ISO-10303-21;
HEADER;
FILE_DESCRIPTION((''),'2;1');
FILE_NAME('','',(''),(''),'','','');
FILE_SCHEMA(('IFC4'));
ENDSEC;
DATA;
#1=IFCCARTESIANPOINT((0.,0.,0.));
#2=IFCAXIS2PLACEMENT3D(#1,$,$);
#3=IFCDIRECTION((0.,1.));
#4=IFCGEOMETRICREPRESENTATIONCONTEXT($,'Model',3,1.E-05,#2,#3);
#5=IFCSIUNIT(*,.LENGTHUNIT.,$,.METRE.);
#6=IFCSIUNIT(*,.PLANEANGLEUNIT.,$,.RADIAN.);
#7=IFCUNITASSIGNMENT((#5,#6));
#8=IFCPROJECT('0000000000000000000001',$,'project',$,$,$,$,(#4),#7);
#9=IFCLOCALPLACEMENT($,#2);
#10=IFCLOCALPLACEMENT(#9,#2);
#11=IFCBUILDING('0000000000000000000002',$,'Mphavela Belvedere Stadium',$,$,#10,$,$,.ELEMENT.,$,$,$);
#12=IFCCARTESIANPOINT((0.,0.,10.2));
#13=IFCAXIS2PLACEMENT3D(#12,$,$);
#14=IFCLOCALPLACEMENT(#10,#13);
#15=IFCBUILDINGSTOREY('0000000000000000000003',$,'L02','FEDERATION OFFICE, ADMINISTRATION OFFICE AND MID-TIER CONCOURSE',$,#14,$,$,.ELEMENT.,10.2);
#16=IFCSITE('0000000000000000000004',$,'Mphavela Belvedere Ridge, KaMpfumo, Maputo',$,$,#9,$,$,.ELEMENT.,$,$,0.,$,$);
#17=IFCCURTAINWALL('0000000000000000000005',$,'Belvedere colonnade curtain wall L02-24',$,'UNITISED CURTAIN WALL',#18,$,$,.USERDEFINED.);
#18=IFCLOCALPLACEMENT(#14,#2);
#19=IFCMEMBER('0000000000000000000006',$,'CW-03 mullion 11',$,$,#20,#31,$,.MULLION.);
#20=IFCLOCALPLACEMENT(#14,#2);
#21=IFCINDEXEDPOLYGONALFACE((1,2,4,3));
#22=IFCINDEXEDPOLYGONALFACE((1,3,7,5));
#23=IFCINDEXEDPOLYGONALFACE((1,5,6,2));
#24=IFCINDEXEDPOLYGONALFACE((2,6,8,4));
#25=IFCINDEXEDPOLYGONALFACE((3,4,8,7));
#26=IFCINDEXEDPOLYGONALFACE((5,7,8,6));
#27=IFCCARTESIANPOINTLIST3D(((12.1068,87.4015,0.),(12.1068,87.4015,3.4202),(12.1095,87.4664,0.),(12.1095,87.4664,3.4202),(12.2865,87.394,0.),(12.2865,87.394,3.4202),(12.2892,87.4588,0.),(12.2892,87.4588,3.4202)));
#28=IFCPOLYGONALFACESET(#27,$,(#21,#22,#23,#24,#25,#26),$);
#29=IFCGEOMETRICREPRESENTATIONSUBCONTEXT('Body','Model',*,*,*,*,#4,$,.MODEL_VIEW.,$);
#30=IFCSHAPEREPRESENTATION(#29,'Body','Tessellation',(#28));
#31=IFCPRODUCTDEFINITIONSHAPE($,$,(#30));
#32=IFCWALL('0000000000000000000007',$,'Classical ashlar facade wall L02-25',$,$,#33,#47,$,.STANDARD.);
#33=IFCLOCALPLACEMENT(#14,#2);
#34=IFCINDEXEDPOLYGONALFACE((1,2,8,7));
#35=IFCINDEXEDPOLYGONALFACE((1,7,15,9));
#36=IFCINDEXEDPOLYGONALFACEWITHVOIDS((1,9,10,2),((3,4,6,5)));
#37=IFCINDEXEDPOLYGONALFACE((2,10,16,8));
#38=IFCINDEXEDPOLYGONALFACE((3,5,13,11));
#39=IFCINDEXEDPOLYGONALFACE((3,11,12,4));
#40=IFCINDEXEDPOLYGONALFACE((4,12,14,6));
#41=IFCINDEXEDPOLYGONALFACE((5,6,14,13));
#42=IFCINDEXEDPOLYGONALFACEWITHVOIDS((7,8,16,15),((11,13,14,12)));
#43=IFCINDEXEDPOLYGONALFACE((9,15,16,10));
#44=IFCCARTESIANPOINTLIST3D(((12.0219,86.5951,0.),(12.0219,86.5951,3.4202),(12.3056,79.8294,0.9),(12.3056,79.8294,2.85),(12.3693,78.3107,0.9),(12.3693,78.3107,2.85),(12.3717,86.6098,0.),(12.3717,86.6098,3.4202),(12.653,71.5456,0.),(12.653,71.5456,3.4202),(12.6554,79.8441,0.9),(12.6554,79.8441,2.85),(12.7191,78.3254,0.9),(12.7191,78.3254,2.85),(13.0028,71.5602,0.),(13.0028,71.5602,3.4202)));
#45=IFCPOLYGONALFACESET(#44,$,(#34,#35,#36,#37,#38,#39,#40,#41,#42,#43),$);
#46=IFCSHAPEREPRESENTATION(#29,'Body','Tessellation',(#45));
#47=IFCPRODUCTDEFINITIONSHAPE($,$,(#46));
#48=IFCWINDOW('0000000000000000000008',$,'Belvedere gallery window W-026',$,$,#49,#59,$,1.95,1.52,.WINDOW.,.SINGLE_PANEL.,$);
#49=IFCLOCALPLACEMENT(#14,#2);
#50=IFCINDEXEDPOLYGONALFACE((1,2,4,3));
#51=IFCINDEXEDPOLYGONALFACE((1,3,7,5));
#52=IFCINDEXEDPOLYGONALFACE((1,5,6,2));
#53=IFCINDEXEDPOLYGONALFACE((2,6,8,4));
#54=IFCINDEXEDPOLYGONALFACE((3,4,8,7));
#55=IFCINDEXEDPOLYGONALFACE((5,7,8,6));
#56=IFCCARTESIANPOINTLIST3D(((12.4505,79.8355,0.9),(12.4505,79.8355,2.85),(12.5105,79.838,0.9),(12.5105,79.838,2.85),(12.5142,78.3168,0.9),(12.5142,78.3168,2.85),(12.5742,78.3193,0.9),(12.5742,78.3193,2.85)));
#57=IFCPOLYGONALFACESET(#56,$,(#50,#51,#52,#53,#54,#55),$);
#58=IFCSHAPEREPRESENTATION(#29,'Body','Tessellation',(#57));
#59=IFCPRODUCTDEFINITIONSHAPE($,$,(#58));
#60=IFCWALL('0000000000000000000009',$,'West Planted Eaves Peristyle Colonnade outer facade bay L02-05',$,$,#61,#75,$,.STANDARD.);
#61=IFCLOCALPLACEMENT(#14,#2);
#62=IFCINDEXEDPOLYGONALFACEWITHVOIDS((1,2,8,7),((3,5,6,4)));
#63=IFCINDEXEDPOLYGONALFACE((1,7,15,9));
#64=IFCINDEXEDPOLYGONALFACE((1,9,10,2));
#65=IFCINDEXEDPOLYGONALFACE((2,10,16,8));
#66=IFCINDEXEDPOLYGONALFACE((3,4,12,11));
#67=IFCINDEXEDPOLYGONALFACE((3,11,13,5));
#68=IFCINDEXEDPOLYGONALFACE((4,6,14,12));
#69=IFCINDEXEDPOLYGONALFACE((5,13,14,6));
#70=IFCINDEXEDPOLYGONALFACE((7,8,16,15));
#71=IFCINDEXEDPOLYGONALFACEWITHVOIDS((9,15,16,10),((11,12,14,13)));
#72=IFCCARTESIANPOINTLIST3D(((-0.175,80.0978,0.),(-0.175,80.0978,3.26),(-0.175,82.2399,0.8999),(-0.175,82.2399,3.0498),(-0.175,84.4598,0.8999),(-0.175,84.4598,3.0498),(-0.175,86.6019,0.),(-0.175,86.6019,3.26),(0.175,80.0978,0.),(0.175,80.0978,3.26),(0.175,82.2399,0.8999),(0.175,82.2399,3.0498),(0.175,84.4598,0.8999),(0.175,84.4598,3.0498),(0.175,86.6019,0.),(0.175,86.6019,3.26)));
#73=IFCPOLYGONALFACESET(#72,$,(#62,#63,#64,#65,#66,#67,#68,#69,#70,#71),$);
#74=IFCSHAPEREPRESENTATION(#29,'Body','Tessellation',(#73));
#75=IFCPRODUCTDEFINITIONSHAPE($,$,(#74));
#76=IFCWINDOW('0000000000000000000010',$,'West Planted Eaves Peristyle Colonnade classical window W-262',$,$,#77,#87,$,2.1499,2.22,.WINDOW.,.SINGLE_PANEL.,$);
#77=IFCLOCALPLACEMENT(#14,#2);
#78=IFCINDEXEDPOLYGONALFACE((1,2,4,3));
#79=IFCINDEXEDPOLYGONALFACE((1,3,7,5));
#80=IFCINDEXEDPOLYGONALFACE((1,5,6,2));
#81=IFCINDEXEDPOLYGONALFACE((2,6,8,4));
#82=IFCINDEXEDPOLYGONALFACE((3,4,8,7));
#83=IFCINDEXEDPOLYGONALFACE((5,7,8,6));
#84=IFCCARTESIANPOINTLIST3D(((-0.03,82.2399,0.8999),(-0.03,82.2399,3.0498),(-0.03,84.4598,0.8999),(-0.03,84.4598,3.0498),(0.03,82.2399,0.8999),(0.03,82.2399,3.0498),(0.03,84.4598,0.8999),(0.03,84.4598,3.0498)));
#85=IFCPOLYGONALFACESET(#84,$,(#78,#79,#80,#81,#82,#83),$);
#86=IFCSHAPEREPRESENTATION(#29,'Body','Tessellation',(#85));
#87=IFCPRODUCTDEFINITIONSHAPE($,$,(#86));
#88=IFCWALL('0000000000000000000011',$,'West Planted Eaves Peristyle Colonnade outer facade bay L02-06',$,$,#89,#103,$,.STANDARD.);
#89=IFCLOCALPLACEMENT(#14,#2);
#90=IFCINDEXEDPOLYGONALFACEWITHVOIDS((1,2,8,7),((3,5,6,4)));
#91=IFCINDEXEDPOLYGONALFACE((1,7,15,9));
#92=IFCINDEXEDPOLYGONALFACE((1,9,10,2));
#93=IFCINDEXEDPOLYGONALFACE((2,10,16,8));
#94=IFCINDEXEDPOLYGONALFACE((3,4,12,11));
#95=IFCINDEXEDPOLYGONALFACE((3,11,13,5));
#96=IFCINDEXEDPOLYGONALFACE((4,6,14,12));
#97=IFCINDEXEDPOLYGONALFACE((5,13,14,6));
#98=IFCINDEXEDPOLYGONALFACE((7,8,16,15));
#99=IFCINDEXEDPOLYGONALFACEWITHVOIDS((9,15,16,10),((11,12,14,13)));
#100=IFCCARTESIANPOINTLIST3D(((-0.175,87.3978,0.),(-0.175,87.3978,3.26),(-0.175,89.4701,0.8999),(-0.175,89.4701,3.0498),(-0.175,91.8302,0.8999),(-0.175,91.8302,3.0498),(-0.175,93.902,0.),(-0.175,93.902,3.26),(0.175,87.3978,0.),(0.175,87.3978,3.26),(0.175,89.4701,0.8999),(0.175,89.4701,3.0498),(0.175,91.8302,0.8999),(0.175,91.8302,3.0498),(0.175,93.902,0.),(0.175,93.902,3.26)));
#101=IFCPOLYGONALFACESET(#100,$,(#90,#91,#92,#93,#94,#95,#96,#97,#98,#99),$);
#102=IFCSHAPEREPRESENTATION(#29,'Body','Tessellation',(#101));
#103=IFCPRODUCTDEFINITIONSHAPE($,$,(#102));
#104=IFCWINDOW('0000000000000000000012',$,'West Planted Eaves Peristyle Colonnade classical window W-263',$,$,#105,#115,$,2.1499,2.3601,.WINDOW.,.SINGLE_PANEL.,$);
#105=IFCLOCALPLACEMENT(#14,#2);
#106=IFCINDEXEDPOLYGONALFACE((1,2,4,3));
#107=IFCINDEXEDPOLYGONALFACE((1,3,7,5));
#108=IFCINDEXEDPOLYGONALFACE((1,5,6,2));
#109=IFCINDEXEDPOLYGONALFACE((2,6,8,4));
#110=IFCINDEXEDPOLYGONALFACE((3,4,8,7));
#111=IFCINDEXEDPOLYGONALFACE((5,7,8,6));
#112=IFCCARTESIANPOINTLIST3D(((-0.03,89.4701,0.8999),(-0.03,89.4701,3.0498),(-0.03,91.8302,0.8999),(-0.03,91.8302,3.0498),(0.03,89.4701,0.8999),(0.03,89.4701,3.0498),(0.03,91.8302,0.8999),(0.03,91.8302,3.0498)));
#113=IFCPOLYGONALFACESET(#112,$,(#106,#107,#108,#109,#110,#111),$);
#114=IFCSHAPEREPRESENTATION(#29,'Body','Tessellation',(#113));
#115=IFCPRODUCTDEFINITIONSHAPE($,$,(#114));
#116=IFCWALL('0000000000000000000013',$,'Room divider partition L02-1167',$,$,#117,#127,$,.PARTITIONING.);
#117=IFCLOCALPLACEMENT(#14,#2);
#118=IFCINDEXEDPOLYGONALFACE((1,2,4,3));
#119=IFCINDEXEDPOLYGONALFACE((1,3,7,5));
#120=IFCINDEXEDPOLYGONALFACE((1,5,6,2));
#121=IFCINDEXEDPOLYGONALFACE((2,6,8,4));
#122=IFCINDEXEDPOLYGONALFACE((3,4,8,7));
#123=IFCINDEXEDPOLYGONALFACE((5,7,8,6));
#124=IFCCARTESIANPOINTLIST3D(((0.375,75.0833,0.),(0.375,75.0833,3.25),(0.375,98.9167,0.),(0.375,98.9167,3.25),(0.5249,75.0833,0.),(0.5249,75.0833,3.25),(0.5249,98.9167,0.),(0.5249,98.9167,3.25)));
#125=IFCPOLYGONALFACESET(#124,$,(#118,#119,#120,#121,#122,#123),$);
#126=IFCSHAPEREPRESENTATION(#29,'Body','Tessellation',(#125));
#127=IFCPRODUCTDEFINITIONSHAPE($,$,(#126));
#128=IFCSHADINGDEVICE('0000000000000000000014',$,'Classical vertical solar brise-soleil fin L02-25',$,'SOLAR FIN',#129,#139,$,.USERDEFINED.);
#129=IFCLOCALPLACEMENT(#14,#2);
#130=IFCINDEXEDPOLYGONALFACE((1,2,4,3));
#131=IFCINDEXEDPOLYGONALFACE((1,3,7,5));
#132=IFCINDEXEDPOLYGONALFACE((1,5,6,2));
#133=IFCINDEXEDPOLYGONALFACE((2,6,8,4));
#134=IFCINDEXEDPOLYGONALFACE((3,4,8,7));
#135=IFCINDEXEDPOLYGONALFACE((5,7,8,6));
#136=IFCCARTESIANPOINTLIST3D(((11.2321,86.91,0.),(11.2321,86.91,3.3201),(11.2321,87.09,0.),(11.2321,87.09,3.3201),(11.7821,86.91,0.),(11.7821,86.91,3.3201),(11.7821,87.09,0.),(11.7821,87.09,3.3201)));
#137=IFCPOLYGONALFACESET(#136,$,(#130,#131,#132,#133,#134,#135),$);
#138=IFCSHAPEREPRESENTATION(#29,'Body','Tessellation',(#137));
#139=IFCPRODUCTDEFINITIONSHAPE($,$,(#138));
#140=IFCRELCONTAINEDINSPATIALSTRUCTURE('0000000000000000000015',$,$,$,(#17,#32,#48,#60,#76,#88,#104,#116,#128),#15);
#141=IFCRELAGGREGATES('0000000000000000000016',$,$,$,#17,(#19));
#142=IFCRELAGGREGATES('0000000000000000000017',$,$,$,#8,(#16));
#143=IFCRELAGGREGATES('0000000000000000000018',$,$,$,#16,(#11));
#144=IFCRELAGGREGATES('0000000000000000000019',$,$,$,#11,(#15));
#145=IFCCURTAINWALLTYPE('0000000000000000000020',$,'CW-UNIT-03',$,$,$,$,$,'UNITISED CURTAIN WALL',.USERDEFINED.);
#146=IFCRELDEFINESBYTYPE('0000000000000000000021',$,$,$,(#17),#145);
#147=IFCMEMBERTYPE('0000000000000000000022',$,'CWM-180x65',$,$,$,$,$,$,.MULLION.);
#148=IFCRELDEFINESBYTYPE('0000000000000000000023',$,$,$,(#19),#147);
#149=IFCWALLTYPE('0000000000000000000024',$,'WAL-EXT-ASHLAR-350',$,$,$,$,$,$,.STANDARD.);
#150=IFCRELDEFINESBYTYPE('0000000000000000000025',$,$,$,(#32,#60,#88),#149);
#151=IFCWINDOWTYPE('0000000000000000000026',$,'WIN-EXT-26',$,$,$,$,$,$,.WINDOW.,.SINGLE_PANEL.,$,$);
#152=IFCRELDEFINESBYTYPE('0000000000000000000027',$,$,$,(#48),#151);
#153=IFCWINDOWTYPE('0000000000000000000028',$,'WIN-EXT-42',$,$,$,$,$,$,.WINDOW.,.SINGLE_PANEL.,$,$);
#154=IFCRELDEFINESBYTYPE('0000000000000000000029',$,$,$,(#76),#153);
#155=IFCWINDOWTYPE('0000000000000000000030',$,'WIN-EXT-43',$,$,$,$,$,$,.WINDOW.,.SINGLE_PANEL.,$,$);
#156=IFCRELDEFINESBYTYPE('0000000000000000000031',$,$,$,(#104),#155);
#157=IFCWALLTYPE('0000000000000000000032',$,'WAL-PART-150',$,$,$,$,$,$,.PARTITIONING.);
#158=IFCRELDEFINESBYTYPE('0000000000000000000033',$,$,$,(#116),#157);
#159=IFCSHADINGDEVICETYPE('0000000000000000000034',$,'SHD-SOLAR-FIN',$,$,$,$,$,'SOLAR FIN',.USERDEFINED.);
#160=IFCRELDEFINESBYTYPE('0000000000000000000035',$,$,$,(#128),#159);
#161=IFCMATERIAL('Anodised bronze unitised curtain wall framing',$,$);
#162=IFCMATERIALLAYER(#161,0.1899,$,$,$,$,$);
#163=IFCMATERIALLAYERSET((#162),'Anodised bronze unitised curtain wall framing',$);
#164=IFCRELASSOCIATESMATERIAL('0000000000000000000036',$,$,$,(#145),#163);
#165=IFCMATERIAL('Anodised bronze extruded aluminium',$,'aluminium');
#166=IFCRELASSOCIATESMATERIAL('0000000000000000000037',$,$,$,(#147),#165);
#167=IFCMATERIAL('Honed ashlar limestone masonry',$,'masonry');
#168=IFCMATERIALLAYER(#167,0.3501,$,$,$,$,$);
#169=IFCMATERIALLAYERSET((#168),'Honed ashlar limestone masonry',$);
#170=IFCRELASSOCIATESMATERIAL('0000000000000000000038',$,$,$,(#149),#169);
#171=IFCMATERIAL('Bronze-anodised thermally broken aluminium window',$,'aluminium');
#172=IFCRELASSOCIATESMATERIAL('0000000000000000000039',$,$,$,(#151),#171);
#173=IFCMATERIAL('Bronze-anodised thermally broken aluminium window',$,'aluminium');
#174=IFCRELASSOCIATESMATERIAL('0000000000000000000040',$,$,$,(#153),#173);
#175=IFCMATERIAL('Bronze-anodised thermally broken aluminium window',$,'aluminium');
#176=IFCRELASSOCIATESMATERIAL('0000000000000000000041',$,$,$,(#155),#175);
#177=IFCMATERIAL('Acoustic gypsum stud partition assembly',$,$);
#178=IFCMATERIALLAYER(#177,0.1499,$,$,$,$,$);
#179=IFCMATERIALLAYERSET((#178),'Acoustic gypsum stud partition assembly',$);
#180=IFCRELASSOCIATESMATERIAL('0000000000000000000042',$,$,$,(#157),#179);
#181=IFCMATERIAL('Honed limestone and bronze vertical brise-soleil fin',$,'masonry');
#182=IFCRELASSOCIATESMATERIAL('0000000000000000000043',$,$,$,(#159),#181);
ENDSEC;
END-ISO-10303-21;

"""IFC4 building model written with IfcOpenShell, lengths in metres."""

from ifc_helpers import new_model, si_unit, direction, frame, frame_2d, origin, origin_2d, place, context, subcontext, project, spatial, rectangle, extrude, material, layer, layer_set, material_profile, profile_set, type_object, element, fill, aggregate, save


model = new_model("IFC4")

# Units and contexts
model_context = context("Model", 3, precision=1e-05, world=origin(), true_north=direction((0.0, 1.0)))
body_context = subcontext(model_context, "Body", "Model", "MODEL_VIEW")
ifc_project = project(units=[si_unit("LENGTHUNIT", "METRE"), si_unit("PLANEANGLEUNIT", "RADIAN")], contexts=[model_context])

# Site, building, storey
site_placement = place(None, origin())
site = spatial("IfcSite", under=ifc_project, at=site_placement, Name="Mphavela Belvedere Ridge, KaMpfumo, Maputo", CompositionType="ELEMENT", RefElevation=0.0)
building_placement = place(site_placement, origin())
building = spatial("IfcBuilding", under=site, at=building_placement, Name="Mphavela Belvedere Stadium", CompositionType="ELEMENT")
storey_placement = place(building_placement, frame((0.0, 0.0, 10.2)))
storey = spatial("IfcBuildingStorey", under=building, at=storey_placement, Name="L02", Description="FEDERATION OFFICE, ADMINISTRATION OFFICE AND MID-TIER CONCOURSE", CompositionType="ELEMENT", Elevation=10.2)

# Curtain wall, member
ifc_material_1 = material(Name="Anodised bronze unitised curtain wall framing")
ifc_layer_1 = layer(ifc_material_1, 0.1899)
ifc_layer_set_1 = layer_set([ifc_layer_1], Name="Anodised bronze unitised curtain wall framing")
curtain_wall_type = type_object("IfcCurtainWallType", Name="CW-UNIT-03", ElementType="UNITISED CURTAIN WALL", PredefinedType="USERDEFINED", material=ifc_layer_set_1)
curtain_wall_placement = place(storey_placement, origin())
curtain_wall = element("IfcCurtainWall", 1, at=curtain_wall_placement, inside=storey, type_object=curtain_wall_type, Name="Belvedere colonnade curtain wall L02-24", ObjectType="UNITISED CURTAIN WALL", PredefinedType="USERDEFINED")
ifc_material_2 = material(Name="Anodised bronze extruded aluminium", Category="aluminium")
ifc_material_profile_1 = material_profile(ifc_material_2, rectangle(XDim=0.1799, YDim=0.0649, at=origin_2d()), Name="CW-MUL 180x65")
ifc_profile_set_1 = profile_set([ifc_material_profile_1], Name="Anodised bronze extruded aluminium")
member_type = type_object("IfcMemberType", Name="CWM-180x65", PredefinedType="MULLION", material=ifc_profile_set_1)
member_placement = place(storey_placement, frame((12.198, 87.4302, 0.0), z_axis=(0.0, 0.0, 1.0), x_axis=(0.999122, -0.041904, 0.0)))
member = element("IfcMember", 2, at=member_placement, type_object=member_type, Name="CW-03 mullion 11", PredefinedType="MULLION", context=body_context, shape_type="SweptSolid", body=[
    extrude(rectangle(XDim=0.1799, YDim=0.0649, at=origin_2d()), origin(), (0.0, 0.0, 1.0), 3.4202),
])
aggregate(curtain_wall, [member])

# Walls, openings, windows
ifc_material_3 = material(Name="Honed ashlar limestone masonry", Category="masonry")
ifc_layer_2 = layer(ifc_material_3, 0.3501)
ifc_layer_set_2 = layer_set([ifc_layer_2], Name="Honed ashlar limestone masonry")
wall_type_1 = type_object("IfcWallType", Name="WAL-EXT-ASHLAR-350", PredefinedType="STANDARD", material=ifc_layer_set_2)
wall_1_placement = place(storey_placement, frame((12.1968, 86.6023, 0.0), z_axis=(0.0, 0.0, 1.0), x_axis=(0.041898, -0.999122, 0.0)))
wall_1 = element("IfcWall", 3, at=wall_1_placement, inside=storey, type_object=wall_type_1, Name="Classical ashlar facade wall L02-25", PredefinedType="STANDARD", context=body_context, shape_type="SweptSolid", body=[
    extrude(rectangle(XDim=15.0627, YDim=0.3501, at=frame_2d((7.5312, 0.0))), origin(), (0.0, 0.0, 1.0), 3.4202),
])
opening_1_placement = place(wall_1_placement, frame((6.7715, 0.0, 0.8999)))
opening_1 = element("IfcOpeningElement", 4, at=opening_1_placement, cuts=wall_1, PredefinedType="OPENING", context=body_context, shape_type="SweptSolid", body=[
    extrude(rectangle(XDim=1.52, YDim=1.95, at=frame_2d((0.76, 0.9751))), frame((0.0, 0.1851, 0.0), z_axis=(0.0, -1.0, 0.0), x_axis=(1.0, 0.0, 0.0)), (0.0, 0.0, 1.0), 0.3701),
])
ifc_material_4 = material(Name="Bronze-anodised thermally broken aluminium window", Category="aluminium")
window_type_1 = type_object("IfcWindowType", Name="WIN-EXT-26", PartitioningType="SINGLE_PANEL", PredefinedType="WINDOW", material=ifc_material_4)
window_1_placement = place(opening_1_placement, origin())
window_1 = element("IfcWindow", 5, at=window_1_placement, inside=storey, type_object=window_type_1, Name="Belvedere gallery window W-026", OverallHeight=1.95, OverallWidth=1.52, PartitioningType="SINGLE_PANEL", PredefinedType="WINDOW", context=body_context, shape_type="SweptSolid", body=[
    extrude(rectangle(XDim=1.52, YDim=1.95, at=frame_2d((0.76, 0.9751))), frame((0.0, 0.03, 0.0), z_axis=(0.0, -1.0, 0.0), x_axis=(1.0, 0.0, 0.0)), (0.0, 0.0, 1.0), 0.0601),
])
fill(opening_1, window_1)
wall_2_placement = place(storey_placement, frame((0.0, 80.0979, 0.0), z_axis=(0.0, 0.0, 1.0), x_axis=(0.0, 1.0, 0.0)))
wall_2 = element("IfcWall", 6, at=wall_2_placement, inside=storey, type_object=wall_type_1, Name="West Planted Eaves Peristyle Colonnade outer facade bay L02-05", PredefinedType="STANDARD", context=body_context, shape_type="SweptSolid", body=[
    extrude(rectangle(XDim=6.5042, YDim=0.3501, at=frame_2d((3.252, 0.0))), origin(), (0.0, 0.0, 1.0), 3.26),
])
opening_2_placement = place(wall_2_placement, frame((2.1421, 0.0, 0.8999)))
opening_2 = element("IfcOpeningElement", 7, at=opening_2_placement, cuts=wall_2, PredefinedType="OPENING", context=body_context, shape_type="SweptSolid", body=[
    extrude(rectangle(XDim=2.22, YDim=2.1499, at=frame_2d((1.1099, 1.075))), frame((0.0, 0.1851, 0.0), z_axis=(0.0, -1.0, 0.0), x_axis=(1.0, 0.0, 0.0)), (0.0, 0.0, 1.0), 0.3701),
])
ifc_material_5 = material(Name="Bronze-anodised thermally broken aluminium window", Category="aluminium")
window_type_2 = type_object("IfcWindowType", Name="WIN-EXT-42", PartitioningType="SINGLE_PANEL", PredefinedType="WINDOW", material=ifc_material_5)
window_2_placement = place(opening_2_placement, origin())
window_2 = element("IfcWindow", 8, at=window_2_placement, inside=storey, type_object=window_type_2, Name="West Planted Eaves Peristyle Colonnade classical window W-262", OverallHeight=2.1499, OverallWidth=2.22, PartitioningType="SINGLE_PANEL", PredefinedType="WINDOW", context=body_context, shape_type="SweptSolid", body=[
    extrude(rectangle(XDim=2.22, YDim=2.1499, at=frame_2d((1.1099, 1.075))), frame((0.0, 0.03, 0.0), z_axis=(0.0, -1.0, 0.0), x_axis=(1.0, 0.0, 0.0)), (0.0, 0.0, 1.0), 0.0601),
])
fill(opening_2, window_2)
wall_3_placement = place(storey_placement, frame((0.0, 87.3979, 0.0), z_axis=(0.0, 0.0, 1.0), x_axis=(0.0, 1.0, 0.0)))
wall_3 = element("IfcWall", 9, at=wall_3_placement, inside=storey, type_object=wall_type_1, Name="West Planted Eaves Peristyle Colonnade outer facade bay L02-06", PredefinedType="STANDARD", context=body_context, shape_type="SweptSolid", body=[
    extrude(rectangle(XDim=6.5042, YDim=0.3501, at=frame_2d((3.252, 0.0))), origin(), (0.0, 0.0, 1.0), 3.26),
])
opening_3_placement = place(wall_3_placement, frame((2.072, 0.0, 0.8999)))
opening_3 = element("IfcOpeningElement", 10, at=opening_3_placement, cuts=wall_3, PredefinedType="OPENING", context=body_context, shape_type="SweptSolid", body=[
    extrude(rectangle(XDim=2.3601, YDim=2.1499, at=frame_2d((1.1802, 1.075))), frame((0.0, 0.1851, 0.0), z_axis=(0.0, -1.0, 0.0), x_axis=(1.0, 0.0, 0.0)), (0.0, 0.0, 1.0), 0.3701),
])
ifc_material_6 = material(Name="Bronze-anodised thermally broken aluminium window", Category="aluminium")
window_type_3 = type_object("IfcWindowType", Name="WIN-EXT-43", PartitioningType="SINGLE_PANEL", PredefinedType="WINDOW", material=ifc_material_6)
window_3_placement = place(opening_3_placement, origin())
window_3 = element("IfcWindow", 11, at=window_3_placement, inside=storey, type_object=window_type_3, Name="West Planted Eaves Peristyle Colonnade classical window W-263", OverallHeight=2.1499, OverallWidth=2.3601, PartitioningType="SINGLE_PANEL", PredefinedType="WINDOW", context=body_context, shape_type="SweptSolid", body=[
    extrude(rectangle(XDim=2.3601, YDim=2.1499, at=frame_2d((1.1802, 1.075))), frame((0.0, 0.03, 0.0), z_axis=(0.0, -1.0, 0.0), x_axis=(1.0, 0.0, 0.0)), (0.0, 0.0, 1.0), 0.0601),
])
fill(opening_3, window_3)

# Wall
ifc_material_7 = material(Name="Acoustic gypsum stud partition assembly")
ifc_layer_3 = layer(ifc_material_7, 0.1499)
ifc_layer_set_3 = layer_set([ifc_layer_3], Name="Acoustic gypsum stud partition assembly")
wall_type_2 = type_object("IfcWallType", Name="WAL-PART-150", PredefinedType="PARTITIONING", material=ifc_layer_set_3)
wall_4_placement = place(storey_placement, frame((0.45, 75.0833, 0.0), z_axis=(0.0, 0.0, 1.0), x_axis=(0.0, 1.0, 0.0)))
element("IfcWall", 12, at=wall_4_placement, inside=storey, type_object=wall_type_2, Name="Room divider partition L02-1167", PredefinedType="PARTITIONING", context=body_context, shape_type="SweptSolid", body=[
    extrude(rectangle(XDim=23.8335, YDim=0.1499, at=frame_2d((11.9167, 0.0))), origin(), (0.0, 0.0, 1.0), 3.25),
])

# Shading device
ifc_material_8 = material(Name="Honed limestone and bronze vertical brise-soleil fin", Category="masonry")
shading_device_type = type_object("IfcShadingDeviceType", Name="SHD-SOLAR-FIN", ElementType="SOLAR FIN", PredefinedType="USERDEFINED", material=ifc_material_8)
shading_device_placement = place(storey_placement, frame((11.5071, 87.0, 0.0), z_axis=(0.0, 0.0, 1.0), x_axis=(-1.0, 0.0, 0.0)))
element("IfcShadingDevice", 13, at=shading_device_placement, inside=storey, type_object=shading_device_type, Name="Classical vertical solar brise-soleil fin L02-25", ObjectType="SOLAR FIN", PredefinedType="USERDEFINED", context=body_context, shape_type="SweptSolid", body=[
    extrude(rectangle(XDim=0.55, YDim=0.1799, at=origin_2d()), origin(), (0.0, 0.0, 1.0), 3.3201),
])

save(model, "model.ifc")
